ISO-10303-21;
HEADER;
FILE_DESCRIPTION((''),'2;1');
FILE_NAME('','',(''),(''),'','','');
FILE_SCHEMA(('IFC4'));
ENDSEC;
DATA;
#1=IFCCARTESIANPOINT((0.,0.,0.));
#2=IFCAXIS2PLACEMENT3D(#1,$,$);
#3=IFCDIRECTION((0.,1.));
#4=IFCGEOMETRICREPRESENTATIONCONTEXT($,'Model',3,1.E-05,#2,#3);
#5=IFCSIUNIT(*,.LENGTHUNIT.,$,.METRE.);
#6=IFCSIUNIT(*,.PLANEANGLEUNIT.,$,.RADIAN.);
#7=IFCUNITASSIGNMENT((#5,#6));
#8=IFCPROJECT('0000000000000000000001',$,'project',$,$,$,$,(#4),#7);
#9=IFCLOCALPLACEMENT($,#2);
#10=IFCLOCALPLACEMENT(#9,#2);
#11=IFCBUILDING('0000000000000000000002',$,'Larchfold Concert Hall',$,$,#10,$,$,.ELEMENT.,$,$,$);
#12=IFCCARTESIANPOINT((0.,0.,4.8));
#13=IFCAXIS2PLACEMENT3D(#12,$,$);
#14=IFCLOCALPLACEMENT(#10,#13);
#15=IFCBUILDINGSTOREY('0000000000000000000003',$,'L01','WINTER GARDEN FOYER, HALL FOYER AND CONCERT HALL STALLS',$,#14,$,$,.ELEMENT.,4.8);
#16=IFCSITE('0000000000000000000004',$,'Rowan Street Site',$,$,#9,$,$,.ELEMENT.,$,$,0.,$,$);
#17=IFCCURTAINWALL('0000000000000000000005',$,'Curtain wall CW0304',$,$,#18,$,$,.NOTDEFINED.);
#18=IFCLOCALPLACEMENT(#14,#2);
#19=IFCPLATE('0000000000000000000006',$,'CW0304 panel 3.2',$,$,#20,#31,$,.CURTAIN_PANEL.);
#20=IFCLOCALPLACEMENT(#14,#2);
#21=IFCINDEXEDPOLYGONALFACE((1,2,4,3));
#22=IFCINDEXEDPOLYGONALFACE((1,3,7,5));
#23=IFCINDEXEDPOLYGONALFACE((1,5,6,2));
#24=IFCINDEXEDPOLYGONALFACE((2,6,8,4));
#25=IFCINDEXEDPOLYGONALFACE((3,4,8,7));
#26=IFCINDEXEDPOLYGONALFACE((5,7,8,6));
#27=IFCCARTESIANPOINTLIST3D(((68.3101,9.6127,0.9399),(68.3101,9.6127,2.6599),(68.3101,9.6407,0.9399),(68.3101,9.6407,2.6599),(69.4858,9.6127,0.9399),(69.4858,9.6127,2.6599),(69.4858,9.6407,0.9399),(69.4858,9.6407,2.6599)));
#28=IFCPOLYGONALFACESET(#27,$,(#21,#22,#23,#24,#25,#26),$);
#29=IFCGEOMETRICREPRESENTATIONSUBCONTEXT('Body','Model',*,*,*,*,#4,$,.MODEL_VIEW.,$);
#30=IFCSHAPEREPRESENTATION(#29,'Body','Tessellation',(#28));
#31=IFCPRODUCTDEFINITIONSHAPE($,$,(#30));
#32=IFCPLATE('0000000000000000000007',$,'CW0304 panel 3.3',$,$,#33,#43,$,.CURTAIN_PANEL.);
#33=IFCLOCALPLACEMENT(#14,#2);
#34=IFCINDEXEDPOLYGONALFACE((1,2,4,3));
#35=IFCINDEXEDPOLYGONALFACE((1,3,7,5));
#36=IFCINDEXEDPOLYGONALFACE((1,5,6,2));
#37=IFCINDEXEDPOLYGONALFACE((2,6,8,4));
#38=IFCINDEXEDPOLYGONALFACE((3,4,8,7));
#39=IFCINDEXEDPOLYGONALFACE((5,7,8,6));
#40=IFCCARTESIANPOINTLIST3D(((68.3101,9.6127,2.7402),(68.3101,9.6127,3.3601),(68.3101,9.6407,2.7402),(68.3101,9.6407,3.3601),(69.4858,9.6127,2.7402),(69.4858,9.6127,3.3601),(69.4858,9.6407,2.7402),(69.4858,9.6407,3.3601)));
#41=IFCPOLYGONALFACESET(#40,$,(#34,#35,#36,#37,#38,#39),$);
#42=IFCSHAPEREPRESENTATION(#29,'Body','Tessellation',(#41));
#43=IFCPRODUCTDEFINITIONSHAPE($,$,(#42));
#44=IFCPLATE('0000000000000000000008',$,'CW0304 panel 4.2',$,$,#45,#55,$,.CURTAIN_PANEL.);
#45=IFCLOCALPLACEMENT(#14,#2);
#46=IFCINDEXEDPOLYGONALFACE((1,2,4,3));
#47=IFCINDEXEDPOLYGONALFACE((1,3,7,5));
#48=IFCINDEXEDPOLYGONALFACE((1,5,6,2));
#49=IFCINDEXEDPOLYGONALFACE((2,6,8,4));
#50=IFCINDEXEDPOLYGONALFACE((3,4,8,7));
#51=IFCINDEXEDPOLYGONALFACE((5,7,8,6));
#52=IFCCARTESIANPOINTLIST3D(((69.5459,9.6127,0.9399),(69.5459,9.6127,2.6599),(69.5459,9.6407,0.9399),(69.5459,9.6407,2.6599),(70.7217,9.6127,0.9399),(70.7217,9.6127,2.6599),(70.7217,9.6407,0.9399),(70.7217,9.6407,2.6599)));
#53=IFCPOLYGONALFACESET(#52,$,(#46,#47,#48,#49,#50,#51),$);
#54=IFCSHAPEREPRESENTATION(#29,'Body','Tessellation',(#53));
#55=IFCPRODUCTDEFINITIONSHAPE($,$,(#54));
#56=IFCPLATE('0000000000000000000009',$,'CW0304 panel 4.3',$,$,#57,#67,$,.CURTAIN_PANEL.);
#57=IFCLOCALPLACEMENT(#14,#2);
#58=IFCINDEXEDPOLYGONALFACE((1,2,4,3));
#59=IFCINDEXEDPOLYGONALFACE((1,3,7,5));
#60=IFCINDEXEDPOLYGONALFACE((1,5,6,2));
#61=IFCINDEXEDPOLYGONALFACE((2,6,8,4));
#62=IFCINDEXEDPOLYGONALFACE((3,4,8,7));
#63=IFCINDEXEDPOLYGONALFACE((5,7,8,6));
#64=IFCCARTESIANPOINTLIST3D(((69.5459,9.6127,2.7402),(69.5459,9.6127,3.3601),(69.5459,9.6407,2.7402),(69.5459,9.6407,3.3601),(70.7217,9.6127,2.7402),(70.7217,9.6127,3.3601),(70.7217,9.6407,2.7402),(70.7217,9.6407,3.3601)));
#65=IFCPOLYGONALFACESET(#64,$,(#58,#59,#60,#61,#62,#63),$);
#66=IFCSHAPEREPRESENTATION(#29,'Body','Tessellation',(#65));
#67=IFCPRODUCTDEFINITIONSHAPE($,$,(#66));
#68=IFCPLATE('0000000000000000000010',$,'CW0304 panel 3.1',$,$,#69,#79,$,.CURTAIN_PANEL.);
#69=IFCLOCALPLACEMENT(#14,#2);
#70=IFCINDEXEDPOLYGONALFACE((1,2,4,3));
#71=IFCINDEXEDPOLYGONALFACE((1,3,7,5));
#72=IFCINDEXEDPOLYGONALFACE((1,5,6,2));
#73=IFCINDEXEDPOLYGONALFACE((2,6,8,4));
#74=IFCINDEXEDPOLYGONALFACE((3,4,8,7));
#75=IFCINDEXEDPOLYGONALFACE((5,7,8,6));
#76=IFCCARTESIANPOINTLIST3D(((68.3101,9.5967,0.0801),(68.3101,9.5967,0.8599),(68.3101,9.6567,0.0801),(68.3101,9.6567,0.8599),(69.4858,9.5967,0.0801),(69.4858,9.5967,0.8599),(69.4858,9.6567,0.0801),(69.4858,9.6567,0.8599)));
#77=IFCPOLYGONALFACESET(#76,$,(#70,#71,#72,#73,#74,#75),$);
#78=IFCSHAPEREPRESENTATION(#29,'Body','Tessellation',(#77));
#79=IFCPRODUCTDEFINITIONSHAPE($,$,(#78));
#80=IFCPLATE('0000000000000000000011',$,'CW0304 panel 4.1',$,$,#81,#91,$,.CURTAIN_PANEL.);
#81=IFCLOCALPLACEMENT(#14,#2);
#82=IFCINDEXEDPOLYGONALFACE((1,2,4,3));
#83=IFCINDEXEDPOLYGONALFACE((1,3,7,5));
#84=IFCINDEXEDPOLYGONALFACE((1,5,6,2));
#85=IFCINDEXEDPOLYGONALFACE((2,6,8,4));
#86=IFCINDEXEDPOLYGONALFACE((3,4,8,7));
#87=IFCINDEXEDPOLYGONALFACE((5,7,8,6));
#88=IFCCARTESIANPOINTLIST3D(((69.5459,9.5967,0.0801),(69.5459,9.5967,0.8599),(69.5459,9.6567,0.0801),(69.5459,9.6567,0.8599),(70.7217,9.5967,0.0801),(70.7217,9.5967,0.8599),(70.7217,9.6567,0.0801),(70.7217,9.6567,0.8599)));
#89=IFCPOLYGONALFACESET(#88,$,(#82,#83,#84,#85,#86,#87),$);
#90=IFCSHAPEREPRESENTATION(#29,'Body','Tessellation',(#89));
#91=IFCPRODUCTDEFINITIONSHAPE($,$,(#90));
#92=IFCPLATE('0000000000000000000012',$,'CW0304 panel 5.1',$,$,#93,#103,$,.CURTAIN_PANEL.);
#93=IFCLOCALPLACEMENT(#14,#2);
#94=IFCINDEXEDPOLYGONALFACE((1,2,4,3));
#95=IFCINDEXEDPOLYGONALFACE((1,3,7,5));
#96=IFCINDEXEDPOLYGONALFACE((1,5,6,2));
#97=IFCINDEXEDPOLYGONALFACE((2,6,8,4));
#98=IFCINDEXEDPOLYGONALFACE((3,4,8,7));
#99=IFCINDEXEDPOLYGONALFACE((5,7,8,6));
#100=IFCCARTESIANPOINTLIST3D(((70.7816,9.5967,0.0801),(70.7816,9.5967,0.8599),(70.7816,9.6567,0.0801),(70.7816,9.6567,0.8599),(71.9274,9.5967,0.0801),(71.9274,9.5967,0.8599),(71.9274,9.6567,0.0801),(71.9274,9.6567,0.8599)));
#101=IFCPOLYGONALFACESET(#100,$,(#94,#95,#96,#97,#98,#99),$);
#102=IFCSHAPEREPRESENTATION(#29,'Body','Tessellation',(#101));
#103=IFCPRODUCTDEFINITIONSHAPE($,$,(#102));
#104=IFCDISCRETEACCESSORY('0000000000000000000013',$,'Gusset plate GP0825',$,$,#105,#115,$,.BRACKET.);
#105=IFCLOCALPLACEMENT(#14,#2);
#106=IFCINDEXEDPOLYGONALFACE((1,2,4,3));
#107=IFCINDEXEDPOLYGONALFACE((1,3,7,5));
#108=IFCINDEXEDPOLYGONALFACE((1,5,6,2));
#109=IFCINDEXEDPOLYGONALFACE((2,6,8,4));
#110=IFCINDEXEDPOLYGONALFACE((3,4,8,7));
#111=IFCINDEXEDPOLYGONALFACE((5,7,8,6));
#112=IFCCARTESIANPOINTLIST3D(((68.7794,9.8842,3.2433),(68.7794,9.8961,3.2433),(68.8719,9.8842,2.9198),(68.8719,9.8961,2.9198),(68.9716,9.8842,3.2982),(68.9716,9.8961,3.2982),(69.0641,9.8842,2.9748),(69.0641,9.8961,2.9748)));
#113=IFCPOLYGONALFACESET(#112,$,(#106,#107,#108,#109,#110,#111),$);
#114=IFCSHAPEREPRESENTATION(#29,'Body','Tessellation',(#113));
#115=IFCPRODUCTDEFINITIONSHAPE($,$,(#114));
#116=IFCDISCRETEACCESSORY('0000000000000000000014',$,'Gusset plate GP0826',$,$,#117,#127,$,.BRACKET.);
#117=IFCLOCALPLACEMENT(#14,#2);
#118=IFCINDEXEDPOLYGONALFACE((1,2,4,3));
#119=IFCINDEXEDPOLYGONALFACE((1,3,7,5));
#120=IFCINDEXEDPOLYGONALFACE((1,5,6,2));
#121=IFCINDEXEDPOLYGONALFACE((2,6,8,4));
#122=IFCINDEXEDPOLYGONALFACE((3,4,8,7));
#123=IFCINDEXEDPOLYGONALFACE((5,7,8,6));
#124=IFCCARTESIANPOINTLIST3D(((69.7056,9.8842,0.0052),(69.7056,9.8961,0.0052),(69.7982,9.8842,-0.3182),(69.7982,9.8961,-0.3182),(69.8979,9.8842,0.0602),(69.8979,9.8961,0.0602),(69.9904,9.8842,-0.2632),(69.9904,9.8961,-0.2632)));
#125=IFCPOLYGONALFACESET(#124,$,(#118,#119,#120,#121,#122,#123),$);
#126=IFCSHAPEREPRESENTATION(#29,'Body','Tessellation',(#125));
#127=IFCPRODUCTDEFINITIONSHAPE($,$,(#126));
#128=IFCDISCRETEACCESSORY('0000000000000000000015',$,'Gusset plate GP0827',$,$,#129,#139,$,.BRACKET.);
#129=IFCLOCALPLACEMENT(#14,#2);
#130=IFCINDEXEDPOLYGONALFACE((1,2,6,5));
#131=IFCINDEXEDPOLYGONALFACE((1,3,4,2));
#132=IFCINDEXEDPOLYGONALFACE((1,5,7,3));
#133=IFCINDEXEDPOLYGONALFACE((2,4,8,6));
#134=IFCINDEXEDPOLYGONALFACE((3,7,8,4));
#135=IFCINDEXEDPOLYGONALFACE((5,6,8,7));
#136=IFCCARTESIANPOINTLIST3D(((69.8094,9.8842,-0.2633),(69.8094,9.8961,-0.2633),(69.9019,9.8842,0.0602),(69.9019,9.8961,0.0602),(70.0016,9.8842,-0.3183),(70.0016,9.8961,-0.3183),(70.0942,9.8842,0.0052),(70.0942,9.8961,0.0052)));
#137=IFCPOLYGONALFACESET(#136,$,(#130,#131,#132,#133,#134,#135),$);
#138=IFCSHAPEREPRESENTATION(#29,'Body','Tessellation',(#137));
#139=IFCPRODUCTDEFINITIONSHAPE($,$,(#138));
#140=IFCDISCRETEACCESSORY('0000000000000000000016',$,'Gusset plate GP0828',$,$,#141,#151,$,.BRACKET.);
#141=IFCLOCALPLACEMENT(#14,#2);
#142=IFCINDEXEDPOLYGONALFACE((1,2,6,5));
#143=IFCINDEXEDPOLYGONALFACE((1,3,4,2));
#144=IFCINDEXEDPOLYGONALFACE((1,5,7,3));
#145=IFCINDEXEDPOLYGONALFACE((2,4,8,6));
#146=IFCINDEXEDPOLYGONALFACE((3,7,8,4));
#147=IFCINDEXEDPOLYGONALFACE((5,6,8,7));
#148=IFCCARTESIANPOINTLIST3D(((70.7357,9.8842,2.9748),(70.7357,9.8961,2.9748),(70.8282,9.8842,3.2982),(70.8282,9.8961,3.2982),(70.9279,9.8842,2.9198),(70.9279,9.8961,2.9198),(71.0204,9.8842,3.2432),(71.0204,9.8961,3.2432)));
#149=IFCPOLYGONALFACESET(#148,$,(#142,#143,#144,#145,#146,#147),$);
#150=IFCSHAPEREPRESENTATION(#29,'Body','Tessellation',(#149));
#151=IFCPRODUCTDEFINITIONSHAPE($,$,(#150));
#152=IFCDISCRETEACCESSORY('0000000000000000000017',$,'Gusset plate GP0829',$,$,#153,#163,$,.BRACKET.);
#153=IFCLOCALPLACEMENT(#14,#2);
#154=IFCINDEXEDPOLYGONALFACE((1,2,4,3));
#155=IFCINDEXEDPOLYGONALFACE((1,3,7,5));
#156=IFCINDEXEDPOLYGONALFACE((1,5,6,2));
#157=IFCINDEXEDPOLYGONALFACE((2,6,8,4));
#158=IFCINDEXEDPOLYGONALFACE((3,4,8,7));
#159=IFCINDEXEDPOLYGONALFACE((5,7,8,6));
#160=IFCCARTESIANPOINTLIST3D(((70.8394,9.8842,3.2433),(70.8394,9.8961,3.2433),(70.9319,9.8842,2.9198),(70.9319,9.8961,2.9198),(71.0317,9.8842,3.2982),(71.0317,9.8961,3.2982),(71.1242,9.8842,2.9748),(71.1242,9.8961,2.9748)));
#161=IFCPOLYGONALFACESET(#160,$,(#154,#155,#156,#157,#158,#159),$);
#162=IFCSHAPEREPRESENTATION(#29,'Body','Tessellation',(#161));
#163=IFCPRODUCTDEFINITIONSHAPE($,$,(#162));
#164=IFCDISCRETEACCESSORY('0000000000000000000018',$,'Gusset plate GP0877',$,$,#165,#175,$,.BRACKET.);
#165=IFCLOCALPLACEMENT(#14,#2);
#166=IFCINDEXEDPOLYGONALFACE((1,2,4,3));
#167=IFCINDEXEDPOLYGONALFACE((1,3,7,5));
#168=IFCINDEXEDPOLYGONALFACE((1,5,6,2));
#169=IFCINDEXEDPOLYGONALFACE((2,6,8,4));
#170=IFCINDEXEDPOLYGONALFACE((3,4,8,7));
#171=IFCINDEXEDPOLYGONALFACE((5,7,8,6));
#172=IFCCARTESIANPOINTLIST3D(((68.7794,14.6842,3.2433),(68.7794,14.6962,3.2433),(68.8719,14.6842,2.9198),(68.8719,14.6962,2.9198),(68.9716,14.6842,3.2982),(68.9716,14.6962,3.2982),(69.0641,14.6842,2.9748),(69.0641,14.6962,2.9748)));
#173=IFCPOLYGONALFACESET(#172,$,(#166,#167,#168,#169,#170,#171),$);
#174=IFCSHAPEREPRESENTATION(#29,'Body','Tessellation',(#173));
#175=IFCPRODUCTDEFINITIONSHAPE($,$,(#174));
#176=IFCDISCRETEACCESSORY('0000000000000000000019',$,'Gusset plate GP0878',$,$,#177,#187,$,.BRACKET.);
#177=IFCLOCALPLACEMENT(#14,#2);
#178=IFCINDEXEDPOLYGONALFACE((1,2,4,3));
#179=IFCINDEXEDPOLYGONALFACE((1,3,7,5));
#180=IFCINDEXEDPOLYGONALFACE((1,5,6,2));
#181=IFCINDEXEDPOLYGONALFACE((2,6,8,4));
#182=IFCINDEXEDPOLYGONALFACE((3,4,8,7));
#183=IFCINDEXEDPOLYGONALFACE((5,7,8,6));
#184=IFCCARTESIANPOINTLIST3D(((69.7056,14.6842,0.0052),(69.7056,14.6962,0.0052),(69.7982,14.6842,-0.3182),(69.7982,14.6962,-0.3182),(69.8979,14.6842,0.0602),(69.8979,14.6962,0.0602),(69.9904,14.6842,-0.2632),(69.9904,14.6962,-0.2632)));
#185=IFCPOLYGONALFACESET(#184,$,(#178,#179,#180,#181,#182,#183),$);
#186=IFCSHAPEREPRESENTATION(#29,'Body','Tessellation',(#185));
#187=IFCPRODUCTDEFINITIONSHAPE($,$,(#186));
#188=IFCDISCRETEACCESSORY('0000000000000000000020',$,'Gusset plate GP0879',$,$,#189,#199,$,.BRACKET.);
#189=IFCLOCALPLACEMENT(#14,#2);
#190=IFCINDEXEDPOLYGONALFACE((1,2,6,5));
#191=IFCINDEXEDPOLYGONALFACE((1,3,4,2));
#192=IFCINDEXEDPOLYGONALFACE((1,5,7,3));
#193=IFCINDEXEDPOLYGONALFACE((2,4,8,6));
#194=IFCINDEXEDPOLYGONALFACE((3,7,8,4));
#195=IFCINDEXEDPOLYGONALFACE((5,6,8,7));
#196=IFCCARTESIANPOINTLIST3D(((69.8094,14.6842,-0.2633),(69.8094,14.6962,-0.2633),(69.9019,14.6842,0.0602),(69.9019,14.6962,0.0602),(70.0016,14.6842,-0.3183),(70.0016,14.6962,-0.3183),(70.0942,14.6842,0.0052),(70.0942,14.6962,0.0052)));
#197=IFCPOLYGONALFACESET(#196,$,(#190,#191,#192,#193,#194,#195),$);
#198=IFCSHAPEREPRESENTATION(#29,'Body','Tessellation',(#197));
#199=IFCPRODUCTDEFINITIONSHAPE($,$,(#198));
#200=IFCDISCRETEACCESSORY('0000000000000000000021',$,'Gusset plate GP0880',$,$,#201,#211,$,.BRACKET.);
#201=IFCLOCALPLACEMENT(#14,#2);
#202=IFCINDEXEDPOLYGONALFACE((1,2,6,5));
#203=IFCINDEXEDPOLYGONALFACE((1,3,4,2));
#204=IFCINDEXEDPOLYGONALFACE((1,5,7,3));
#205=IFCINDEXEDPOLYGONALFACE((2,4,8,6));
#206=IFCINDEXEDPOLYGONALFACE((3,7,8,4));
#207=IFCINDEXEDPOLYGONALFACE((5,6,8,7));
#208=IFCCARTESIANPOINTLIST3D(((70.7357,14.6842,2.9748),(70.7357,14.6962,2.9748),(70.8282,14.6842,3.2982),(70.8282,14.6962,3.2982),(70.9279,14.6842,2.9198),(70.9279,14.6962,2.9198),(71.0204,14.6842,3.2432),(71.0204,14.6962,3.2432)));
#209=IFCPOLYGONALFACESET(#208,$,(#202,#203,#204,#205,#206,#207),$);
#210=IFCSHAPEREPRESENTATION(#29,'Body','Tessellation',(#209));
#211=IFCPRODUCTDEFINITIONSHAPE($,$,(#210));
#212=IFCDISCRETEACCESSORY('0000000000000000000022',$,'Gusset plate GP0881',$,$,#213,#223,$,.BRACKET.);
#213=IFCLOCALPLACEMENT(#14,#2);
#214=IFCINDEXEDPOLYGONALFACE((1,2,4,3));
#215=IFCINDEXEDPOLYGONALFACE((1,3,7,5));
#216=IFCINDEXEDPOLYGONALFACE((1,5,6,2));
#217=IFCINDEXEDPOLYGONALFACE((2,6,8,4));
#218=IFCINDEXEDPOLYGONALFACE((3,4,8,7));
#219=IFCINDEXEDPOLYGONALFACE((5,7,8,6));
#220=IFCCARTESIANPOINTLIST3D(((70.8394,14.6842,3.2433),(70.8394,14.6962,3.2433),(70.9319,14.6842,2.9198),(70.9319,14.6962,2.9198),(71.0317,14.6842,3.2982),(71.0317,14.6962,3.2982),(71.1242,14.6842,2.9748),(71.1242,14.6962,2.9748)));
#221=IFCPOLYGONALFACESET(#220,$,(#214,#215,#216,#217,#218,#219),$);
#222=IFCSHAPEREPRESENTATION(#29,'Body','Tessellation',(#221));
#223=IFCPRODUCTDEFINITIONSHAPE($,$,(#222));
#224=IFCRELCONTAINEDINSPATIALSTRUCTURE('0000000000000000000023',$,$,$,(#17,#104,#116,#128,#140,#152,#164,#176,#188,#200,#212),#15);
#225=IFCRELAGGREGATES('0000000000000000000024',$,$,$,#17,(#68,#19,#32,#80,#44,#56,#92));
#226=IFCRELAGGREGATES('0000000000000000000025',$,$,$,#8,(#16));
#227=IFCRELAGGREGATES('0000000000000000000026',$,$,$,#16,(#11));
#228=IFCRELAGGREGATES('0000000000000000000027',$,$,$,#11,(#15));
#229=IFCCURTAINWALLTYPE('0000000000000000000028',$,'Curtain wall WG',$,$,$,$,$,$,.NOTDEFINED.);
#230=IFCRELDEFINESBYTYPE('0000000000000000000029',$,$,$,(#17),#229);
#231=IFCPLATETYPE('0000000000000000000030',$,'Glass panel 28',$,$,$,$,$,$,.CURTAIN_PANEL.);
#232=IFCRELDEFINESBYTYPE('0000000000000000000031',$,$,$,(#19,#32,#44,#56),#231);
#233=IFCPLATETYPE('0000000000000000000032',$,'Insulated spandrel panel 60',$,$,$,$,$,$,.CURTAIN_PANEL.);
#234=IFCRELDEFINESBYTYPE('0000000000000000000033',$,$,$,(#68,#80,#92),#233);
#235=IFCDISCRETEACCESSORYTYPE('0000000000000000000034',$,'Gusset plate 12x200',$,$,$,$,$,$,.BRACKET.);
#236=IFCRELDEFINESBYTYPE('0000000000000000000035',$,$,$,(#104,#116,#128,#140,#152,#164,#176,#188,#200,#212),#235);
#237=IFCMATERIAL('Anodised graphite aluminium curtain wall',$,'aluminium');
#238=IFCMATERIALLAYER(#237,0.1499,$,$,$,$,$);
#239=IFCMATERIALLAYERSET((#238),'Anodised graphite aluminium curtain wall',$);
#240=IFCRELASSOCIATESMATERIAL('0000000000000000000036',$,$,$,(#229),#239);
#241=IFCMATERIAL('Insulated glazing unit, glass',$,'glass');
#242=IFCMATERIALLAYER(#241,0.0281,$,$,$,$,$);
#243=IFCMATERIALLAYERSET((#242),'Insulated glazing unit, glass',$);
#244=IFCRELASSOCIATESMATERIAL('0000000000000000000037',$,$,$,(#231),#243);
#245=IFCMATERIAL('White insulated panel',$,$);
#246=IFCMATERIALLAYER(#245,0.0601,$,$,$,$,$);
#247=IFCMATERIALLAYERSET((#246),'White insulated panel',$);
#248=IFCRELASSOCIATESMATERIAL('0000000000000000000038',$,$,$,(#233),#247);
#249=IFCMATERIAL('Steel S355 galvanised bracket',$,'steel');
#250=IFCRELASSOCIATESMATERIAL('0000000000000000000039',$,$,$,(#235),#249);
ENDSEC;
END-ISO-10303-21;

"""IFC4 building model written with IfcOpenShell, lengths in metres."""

from ifc_helpers import new_model, si_unit, direction, frame, origin, origin_2d, place, context, subcontext, project, spatial, rectangle, extrude, material, layer, layer_set, material_profile, profile_set, type_object, element, aggregate, save


model = new_model("IFC4")

# Units and contexts
model_context = context("Model", 3, precision=1e-05, world=origin(), true_north=direction((0.0, 1.0)))
body_context = subcontext(model_context, "Body", "Model", "MODEL_VIEW")
ifc_project = project(units=[si_unit("LENGTHUNIT", "METRE"), si_unit("PLANEANGLEUNIT", "RADIAN")], contexts=[model_context])

# Site, building, storey
site_placement = place(None, origin())
site = spatial("IfcSite", under=ifc_project, at=site_placement, Name="Rowan Street Site", CompositionType="ELEMENT", RefElevation=0.0)
building_placement = place(site_placement, origin())
building = spatial("IfcBuilding", under=site, at=building_placement, Name="Larchfold Concert Hall", CompositionType="ELEMENT")
storey_placement = place(building_placement, frame((0.0, 0.0, 4.8)))
storey = spatial("IfcBuildingStorey", under=building, at=storey_placement, Name="L01", Description="WINTER GARDEN FOYER, HALL FOYER AND CONCERT HALL STALLS", CompositionType="ELEMENT", Elevation=4.8)

# Curtain wall
ifc_material_1 = material(Name="Anodised graphite aluminium curtain wall", Category="aluminium")
ifc_layer_1 = layer(ifc_material_1, 0.1499)
ifc_layer_set_1 = layer_set([ifc_layer_1], Name="Anodised graphite aluminium curtain wall")
curtain_wall_type = type_object("IfcCurtainWallType", Name="Curtain wall WG", PredefinedType="NOTDEFINED", material=ifc_layer_set_1)
curtain_wall_placement = place(storey_placement, origin())
curtain_wall = element("IfcCurtainWall", 1, at=curtain_wall_placement, inside=storey, type_object=curtain_wall_type, Name="Curtain wall CW0304", PredefinedType="NOTDEFINED")

# Plates
ifc_material_2 = material(Name="Insulated glazing unit, glass", Category="glass")
ifc_layer_2 = layer(ifc_material_2, 0.0281)
ifc_layer_set_2 = layer_set([ifc_layer_2], Name="Insulated glazing unit, glass")
plate_type_1 = type_object("IfcPlateType", Name="Glass panel 28", PredefinedType="CURTAIN_PANEL", material=ifc_layer_set_2)
plate_1_placement = place(storey_placement, frame((68.8979, 9.6267, 0.9399), z_axis=(0.0, 0.0, 1.0), x_axis=(1.0, 0.0, 0.0)))
plate_1 = element("IfcPlate", 2, at=plate_1_placement, type_object=plate_type_1, Name="CW0304 panel 3.2", PredefinedType="CURTAIN_PANEL", context=body_context, shape_type="SweptSolid", body=[
    extrude(rectangle(XDim=1.1758, YDim=0.0281, at=origin_2d()), origin(), (0.0, 0.0, 1.0), 1.72),
])
plate_2_placement = place(storey_placement, frame((68.8979, 9.6267, 2.7402), z_axis=(0.0, 0.0, 1.0), x_axis=(1.0, 0.0, 0.0)))
plate_2 = element("IfcPlate", 3, at=plate_2_placement, type_object=plate_type_1, Name="CW0304 panel 3.3", PredefinedType="CURTAIN_PANEL", context=body_context, shape_type="SweptSolid", body=[
    extrude(rectangle(XDim=1.1758, YDim=0.0281, at=origin_2d()), origin(), (0.0, 0.0, 1.0), 0.6199),
])
plate_3_placement = place(storey_placement, frame((70.1338, 9.6267, 0.9399), z_axis=(0.0, 0.0, 1.0), x_axis=(1.0, 0.0, 0.0)))
plate_3 = element("IfcPlate", 4, at=plate_3_placement, type_object=plate_type_1, Name="CW0304 panel 4.2", PredefinedType="CURTAIN_PANEL", context=body_context, shape_type="SweptSolid", body=[
    extrude(rectangle(XDim=1.1758, YDim=0.0281, at=origin_2d()), origin(), (0.0, 0.0, 1.0), 1.72),
])
plate_4_placement = place(storey_placement, frame((70.1338, 9.6267, 2.7402), z_axis=(0.0, 0.0, 1.0), x_axis=(1.0, 0.0, 0.0)))
plate_4 = element("IfcPlate", 5, at=plate_4_placement, type_object=plate_type_1, Name="CW0304 panel 4.3", PredefinedType="CURTAIN_PANEL", context=body_context, shape_type="SweptSolid", body=[
    extrude(rectangle(XDim=1.1758, YDim=0.0281, at=origin_2d()), origin(), (0.0, 0.0, 1.0), 0.6199),
])
ifc_material_3 = material(Name="White insulated panel")
ifc_layer_3 = layer(ifc_material_3, 0.0601)
ifc_layer_set_3 = layer_set([ifc_layer_3], Name="White insulated panel")
plate_type_2 = type_object("IfcPlateType", Name="Insulated spandrel panel 60", PredefinedType="CURTAIN_PANEL", material=ifc_layer_set_3)
plate_5_placement = place(storey_placement, frame((68.8979, 9.6267, 0.0801), z_axis=(0.0, 0.0, 1.0), x_axis=(1.0, 0.0, 0.0)))
plate_5 = element("IfcPlate", 6, at=plate_5_placement, type_object=plate_type_2, Name="CW0304 panel 3.1", PredefinedType="CURTAIN_PANEL", context=body_context, shape_type="SweptSolid", body=[
    extrude(rectangle(XDim=1.1758, YDim=0.0601, at=origin_2d()), origin(), (0.0, 0.0, 1.0), 0.7798),
])
plate_6_placement = place(storey_placement, frame((70.1338, 9.6267, 0.0801), z_axis=(0.0, 0.0, 1.0), x_axis=(1.0, 0.0, 0.0)))
plate_6 = element("IfcPlate", 7, at=plate_6_placement, type_object=plate_type_2, Name="CW0304 panel 4.1", PredefinedType="CURTAIN_PANEL", context=body_context, shape_type="SweptSolid", body=[
    extrude(rectangle(XDim=1.1758, YDim=0.0601, at=origin_2d()), origin(), (0.0, 0.0, 1.0), 0.7798),
])
plate_7_placement = place(storey_placement, frame((71.3545, 9.6267, 0.0801), z_axis=(0.0, 0.0, 1.0), x_axis=(1.0, 0.0, 0.0)))
plate_7 = element("IfcPlate", 8, at=plate_7_placement, type_object=plate_type_2, Name="CW0304 panel 5.1", PredefinedType="CURTAIN_PANEL", context=body_context, shape_type="SweptSolid", body=[
    extrude(rectangle(XDim=1.1458, YDim=0.0601, at=origin_2d()), origin(), (0.0, 0.0, 1.0), 0.7798),
])
aggregate(curtain_wall, [plate_5, plate_1, plate_2, plate_6, plate_3, plate_4, plate_7])

# Discrete accessories
ifc_material_4 = material(Name="Steel S355 galvanised bracket", Category="steel")
ifc_material_profile_1 = material_profile(ifc_material_4, rectangle(XDim=0.012, YDim=0.2, at=origin_2d()))
ifc_profile_set_1 = profile_set([ifc_material_profile_1], Name="Steel S355 galvanised bracket")
discrete_accessory_type = type_object("IfcDiscreteAccessoryType", Name="Gusset plate 12x200", PredefinedType="BRACKET", material=ifc_profile_set_1)
for number, where, z_axis, x_axis, name in (
    (9, (68.8755, 9.8901, 3.2708), (0.275009, 0.0, -0.961442), (0.0, 1.0, 0.0), "Gusset plate GP0825"),
    (10, (69.8018, 9.8901, 0.0327), (0.275009, 0.0, -0.961442), (0.0, 1.0, 0.0), "Gusset plate GP0826"),
    (11, (69.9055, 9.8901, -0.2908), (0.275009, 0.0, 0.961442), (0.0, 1.0, 0.0), "Gusset plate GP0827"),
    (12, (70.8318, 9.8901, 2.9473), (0.275009, 0.0, 0.961442), (0.0, 1.0, 0.0), "Gusset plate GP0828"),
    (13, (70.9355, 9.8901, 3.2708), (0.275009, 0.0, -0.961442), (0.0, 1.0, 0.0), "Gusset plate GP0829"),
    (14, (68.8755, 14.6902, 3.2708), (0.275009, 0.0, -0.961442), (0.0, 1.0, 0.0), "Gusset plate GP0877"),
    (15, (69.8018, 14.6902, 0.0327), (0.275009, 0.0, -0.961442), (0.0, 1.0, 0.0), "Gusset plate GP0878"),
    (16, (69.9055, 14.6902, -0.2908), (0.275009, 0.0, 0.961442), (0.0, 1.0, 0.0), "Gusset plate GP0879"),
    (17, (70.8318, 14.6902, 2.9473), (0.275009, 0.0, 0.961442), (0.0, 1.0, 0.0), "Gusset plate GP0880"),
    (18, (70.9355, 14.6902, 3.2708), (0.275009, 0.0, -0.961442), (0.0, 1.0, 0.0), "Gusset plate GP0881"),
):
    element("IfcDiscreteAccessory", number, at=place(storey_placement, frame(where, z_axis=z_axis, x_axis=x_axis)), inside=storey, type_object=discrete_accessory_type, Name=name, PredefinedType="BRACKET", context=body_context, shape_type="SweptSolid", body=[
        extrude(rectangle(XDim=0.012, YDim=0.2, at=origin_2d()), origin(), (0.0, 0.0, 1.0), 0.3364),
    ])

save(model, "model.ifc")
